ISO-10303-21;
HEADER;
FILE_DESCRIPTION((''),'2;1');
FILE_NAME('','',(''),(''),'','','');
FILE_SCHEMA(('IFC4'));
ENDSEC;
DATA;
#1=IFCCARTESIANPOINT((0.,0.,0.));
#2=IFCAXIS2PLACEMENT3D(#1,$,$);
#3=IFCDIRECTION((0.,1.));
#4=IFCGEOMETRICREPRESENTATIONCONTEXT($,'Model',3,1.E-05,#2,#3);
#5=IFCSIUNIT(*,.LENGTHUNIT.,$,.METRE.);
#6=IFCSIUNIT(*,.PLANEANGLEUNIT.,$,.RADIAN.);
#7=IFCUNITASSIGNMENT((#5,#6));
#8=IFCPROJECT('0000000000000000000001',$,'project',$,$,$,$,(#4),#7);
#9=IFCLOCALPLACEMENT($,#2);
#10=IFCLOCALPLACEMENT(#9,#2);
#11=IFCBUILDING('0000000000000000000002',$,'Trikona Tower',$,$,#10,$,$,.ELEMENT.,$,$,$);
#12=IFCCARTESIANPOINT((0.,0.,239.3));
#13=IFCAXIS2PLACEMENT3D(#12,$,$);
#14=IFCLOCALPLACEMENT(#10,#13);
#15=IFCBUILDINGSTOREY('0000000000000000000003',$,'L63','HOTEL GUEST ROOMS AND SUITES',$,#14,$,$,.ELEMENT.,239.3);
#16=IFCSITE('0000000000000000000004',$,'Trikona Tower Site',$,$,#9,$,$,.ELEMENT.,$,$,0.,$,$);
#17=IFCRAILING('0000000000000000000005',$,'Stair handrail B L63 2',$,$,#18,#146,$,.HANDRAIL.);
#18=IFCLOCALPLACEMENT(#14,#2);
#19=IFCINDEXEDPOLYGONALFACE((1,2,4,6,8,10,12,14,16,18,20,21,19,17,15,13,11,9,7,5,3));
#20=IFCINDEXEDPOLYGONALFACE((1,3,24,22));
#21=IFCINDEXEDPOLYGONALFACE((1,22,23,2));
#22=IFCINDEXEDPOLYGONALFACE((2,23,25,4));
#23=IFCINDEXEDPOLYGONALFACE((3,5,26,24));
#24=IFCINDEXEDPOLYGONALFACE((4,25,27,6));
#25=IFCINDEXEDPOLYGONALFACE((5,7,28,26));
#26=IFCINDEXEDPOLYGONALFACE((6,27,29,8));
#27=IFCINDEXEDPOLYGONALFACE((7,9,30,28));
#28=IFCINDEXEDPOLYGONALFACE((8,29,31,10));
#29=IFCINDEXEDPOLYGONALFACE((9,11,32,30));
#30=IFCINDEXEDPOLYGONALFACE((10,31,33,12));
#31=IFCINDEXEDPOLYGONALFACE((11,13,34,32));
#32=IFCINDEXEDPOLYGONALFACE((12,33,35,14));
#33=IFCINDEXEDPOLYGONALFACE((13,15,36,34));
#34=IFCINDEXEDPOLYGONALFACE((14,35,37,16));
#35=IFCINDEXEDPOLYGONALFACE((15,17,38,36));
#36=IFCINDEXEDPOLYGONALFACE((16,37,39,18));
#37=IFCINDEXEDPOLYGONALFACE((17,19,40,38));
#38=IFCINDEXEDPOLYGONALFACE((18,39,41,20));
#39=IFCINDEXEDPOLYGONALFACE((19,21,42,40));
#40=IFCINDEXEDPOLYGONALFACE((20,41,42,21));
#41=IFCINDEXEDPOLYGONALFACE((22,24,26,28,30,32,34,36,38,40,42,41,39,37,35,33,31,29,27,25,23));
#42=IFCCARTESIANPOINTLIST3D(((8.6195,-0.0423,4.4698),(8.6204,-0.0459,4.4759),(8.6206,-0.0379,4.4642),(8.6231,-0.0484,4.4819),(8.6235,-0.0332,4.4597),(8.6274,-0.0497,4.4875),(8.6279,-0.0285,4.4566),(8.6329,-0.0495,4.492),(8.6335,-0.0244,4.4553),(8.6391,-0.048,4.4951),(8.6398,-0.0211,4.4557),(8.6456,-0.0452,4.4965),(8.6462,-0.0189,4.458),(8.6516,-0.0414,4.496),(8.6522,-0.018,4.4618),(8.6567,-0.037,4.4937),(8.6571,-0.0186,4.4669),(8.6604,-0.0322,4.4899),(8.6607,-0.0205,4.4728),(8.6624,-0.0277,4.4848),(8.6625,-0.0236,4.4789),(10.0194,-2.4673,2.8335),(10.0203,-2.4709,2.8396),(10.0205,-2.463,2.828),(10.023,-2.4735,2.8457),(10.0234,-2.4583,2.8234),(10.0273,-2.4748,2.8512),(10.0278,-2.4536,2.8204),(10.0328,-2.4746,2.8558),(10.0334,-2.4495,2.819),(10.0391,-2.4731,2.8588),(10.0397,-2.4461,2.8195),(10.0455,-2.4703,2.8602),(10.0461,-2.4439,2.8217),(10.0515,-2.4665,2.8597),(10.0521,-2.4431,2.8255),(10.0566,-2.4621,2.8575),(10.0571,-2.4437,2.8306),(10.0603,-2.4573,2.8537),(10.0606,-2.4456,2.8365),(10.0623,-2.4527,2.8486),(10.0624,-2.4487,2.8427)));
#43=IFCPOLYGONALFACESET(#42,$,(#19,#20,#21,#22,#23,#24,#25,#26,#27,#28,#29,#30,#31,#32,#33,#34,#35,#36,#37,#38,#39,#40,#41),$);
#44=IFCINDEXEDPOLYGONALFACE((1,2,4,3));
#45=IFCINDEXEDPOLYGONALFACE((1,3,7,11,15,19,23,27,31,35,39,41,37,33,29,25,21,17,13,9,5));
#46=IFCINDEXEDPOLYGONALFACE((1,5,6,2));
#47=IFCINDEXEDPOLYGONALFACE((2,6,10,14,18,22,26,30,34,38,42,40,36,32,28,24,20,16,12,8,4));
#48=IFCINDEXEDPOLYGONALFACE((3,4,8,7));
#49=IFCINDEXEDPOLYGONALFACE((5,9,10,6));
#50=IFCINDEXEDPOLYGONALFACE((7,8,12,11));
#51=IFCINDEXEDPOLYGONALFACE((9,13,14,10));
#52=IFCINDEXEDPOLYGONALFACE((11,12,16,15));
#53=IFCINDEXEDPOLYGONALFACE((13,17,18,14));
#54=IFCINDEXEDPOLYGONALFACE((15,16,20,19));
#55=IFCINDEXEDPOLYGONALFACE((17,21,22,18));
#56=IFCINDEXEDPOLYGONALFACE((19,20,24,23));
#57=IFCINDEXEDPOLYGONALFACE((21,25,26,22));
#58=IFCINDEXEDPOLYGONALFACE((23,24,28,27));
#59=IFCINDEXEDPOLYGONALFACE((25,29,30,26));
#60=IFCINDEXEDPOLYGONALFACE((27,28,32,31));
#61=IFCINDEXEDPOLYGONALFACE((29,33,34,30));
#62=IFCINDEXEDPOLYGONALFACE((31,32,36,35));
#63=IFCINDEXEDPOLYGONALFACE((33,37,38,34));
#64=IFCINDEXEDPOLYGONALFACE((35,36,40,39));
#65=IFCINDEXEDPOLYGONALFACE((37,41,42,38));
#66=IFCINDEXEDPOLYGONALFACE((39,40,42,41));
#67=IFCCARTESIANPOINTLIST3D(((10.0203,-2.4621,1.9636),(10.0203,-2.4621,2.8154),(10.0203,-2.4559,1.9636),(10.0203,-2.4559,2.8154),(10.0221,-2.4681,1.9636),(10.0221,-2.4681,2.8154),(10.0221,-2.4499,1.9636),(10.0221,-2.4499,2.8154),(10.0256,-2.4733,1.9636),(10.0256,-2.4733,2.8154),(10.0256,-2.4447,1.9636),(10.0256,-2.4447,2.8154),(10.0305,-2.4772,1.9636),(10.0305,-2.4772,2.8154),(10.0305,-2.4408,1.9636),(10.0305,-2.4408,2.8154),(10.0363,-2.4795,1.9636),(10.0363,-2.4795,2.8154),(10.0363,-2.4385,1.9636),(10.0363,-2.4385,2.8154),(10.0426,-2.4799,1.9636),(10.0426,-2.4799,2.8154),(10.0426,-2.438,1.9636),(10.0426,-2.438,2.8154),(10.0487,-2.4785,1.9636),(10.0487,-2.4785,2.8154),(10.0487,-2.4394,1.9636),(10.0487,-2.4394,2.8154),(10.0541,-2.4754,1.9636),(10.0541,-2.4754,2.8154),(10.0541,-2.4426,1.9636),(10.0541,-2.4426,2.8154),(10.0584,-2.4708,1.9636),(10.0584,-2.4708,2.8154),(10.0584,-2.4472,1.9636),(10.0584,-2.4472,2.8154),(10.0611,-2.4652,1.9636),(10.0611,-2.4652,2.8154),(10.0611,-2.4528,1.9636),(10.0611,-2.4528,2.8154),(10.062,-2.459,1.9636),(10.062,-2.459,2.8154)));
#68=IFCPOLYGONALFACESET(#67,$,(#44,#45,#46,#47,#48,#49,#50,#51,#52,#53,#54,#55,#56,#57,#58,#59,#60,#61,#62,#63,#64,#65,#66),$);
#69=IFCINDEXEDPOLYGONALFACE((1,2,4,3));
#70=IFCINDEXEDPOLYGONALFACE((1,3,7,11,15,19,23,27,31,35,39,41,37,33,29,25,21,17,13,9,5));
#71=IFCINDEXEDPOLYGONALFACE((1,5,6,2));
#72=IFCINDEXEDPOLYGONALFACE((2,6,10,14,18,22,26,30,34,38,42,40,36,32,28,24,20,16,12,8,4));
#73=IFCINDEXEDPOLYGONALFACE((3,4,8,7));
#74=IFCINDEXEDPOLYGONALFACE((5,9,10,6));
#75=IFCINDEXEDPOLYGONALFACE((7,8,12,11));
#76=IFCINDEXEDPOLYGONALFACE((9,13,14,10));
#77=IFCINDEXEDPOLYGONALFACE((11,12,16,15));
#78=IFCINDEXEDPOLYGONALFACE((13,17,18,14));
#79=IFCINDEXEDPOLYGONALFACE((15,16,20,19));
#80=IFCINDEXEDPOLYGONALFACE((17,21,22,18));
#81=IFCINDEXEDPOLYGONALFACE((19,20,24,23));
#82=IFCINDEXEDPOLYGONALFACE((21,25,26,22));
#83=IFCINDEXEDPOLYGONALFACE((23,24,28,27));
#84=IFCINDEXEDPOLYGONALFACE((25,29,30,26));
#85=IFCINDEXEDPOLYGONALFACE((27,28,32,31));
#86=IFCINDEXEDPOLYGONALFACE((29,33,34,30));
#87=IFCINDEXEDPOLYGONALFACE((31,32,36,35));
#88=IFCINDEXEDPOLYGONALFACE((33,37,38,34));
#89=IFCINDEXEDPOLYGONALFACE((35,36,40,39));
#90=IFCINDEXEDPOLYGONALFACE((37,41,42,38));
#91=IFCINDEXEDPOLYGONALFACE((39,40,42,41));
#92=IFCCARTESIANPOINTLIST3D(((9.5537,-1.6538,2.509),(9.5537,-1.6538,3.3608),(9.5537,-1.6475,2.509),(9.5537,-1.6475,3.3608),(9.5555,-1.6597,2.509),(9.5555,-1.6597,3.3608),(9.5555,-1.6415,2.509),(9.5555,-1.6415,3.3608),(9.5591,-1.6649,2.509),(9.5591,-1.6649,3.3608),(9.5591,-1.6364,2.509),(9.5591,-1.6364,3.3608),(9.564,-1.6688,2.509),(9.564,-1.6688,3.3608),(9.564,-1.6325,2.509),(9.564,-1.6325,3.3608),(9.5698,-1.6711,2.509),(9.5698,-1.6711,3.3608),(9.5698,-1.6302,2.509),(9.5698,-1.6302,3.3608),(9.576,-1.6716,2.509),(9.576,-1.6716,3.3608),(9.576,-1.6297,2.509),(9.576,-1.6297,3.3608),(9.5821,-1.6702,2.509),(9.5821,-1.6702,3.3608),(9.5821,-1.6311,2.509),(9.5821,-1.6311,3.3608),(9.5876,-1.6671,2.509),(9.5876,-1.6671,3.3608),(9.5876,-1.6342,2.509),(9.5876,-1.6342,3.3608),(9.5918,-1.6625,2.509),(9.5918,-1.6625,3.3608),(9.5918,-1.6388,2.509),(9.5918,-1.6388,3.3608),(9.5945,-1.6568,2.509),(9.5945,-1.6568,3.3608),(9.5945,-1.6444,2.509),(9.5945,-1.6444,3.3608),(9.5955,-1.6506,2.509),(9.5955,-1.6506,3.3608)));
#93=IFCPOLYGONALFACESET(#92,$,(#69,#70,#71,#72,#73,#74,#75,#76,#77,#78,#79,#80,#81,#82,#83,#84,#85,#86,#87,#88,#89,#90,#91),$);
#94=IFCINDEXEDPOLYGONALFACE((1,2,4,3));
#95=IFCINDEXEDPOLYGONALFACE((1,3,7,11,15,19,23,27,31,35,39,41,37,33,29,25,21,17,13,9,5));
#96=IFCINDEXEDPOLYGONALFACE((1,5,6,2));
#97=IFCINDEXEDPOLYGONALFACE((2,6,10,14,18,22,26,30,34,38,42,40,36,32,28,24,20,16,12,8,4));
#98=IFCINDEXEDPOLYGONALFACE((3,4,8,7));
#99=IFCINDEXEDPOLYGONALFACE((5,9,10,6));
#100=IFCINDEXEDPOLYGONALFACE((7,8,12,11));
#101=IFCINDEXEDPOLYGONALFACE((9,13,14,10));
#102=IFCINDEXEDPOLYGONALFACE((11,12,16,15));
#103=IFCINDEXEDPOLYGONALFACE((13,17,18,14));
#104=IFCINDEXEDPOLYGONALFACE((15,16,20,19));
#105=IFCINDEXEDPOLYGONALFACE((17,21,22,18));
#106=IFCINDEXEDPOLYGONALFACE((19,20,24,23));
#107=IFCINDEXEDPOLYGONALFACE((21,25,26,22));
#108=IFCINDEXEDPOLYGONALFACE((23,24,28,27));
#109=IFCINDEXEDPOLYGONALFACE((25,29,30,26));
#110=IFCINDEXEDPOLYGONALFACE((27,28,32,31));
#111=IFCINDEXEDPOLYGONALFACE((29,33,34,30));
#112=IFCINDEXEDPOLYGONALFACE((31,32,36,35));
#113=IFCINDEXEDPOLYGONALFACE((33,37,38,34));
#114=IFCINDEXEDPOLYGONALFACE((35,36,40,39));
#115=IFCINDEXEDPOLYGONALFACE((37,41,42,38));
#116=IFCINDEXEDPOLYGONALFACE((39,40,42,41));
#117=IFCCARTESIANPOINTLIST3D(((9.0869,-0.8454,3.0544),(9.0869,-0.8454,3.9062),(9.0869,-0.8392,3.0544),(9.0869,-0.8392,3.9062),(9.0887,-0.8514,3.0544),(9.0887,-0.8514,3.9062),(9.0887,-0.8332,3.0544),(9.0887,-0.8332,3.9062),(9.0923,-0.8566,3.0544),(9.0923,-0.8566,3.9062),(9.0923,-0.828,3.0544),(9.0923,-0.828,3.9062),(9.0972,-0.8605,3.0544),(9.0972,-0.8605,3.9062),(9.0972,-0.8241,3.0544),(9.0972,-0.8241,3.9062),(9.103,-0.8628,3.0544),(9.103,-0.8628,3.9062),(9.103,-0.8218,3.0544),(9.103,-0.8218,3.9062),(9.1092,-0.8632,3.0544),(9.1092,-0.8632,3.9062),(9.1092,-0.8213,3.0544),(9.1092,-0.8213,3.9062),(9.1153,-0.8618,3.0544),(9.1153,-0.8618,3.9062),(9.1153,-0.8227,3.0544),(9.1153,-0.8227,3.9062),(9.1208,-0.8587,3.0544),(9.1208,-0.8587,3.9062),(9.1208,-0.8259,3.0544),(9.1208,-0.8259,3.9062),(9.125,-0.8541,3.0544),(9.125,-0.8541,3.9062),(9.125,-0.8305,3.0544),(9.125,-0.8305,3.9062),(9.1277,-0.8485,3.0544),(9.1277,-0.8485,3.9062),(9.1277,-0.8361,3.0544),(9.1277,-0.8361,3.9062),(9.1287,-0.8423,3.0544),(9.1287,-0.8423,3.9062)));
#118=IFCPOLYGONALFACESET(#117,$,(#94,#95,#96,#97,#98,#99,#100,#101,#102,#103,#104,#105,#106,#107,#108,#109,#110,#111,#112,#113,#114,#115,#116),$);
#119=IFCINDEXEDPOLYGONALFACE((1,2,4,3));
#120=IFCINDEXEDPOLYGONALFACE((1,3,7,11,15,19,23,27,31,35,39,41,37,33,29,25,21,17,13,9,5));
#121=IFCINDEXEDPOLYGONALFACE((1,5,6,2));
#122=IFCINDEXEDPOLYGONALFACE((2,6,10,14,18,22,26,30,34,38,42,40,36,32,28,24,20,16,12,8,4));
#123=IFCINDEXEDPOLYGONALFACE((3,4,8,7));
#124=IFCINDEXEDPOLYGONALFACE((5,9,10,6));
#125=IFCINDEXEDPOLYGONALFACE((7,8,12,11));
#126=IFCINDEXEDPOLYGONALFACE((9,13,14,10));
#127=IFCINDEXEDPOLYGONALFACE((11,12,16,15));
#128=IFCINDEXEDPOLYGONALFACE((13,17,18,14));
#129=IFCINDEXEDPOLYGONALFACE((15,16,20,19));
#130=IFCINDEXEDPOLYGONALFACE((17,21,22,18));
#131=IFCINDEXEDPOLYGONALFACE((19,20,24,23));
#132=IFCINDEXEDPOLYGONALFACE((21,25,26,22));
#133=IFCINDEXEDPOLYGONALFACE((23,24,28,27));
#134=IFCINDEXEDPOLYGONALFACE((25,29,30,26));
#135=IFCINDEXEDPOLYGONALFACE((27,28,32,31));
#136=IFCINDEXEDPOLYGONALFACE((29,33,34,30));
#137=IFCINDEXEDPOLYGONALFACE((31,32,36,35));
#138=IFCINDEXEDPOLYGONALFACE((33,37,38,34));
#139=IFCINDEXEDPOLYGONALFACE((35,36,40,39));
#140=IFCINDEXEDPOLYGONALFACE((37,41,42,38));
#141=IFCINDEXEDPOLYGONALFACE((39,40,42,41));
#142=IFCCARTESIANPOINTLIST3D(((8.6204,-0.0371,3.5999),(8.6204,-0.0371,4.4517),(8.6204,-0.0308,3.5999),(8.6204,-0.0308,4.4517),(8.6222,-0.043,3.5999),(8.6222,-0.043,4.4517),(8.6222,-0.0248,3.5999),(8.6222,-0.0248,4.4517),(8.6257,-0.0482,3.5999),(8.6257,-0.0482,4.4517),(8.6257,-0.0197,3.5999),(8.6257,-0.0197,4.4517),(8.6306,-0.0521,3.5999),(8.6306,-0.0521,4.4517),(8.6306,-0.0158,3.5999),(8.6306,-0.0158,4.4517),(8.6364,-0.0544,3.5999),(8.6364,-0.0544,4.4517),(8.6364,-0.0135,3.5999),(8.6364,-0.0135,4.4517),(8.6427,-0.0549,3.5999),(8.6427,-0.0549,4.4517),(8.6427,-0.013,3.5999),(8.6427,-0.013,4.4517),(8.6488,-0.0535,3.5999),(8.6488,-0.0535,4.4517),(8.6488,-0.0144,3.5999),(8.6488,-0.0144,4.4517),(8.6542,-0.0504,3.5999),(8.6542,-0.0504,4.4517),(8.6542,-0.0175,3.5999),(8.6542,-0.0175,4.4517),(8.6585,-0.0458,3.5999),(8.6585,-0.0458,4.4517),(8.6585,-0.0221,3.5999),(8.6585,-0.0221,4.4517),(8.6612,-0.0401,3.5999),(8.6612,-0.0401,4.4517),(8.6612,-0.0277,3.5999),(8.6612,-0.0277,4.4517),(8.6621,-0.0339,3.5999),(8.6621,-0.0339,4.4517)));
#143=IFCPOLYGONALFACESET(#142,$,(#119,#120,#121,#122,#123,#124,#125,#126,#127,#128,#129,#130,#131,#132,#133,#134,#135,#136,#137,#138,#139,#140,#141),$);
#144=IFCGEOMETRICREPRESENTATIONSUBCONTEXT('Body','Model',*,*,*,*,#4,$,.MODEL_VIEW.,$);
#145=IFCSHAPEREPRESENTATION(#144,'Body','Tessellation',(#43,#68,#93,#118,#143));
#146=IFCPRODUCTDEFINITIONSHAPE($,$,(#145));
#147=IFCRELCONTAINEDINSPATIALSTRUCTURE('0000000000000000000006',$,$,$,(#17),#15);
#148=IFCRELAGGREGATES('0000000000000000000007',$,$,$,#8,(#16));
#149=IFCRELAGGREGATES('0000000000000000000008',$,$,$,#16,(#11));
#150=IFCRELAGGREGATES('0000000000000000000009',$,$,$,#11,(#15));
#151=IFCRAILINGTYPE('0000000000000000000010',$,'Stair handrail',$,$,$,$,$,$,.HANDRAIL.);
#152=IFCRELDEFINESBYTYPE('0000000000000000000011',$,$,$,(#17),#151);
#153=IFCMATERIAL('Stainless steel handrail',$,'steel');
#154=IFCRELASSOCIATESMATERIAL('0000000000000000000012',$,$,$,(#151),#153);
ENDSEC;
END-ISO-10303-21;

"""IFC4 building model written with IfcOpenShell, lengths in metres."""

from ifc_helpers import new_model, si_unit, direction, frame, origin, origin_2d, place, context, subcontext, project, spatial, circle, extrude, material, type_object, element, save


model = new_model("IFC4")

# Units and contexts
model_context = context("Model", 3, precision=1e-05, world=origin(), true_north=direction((0.0, 1.0)))
body_context = subcontext(model_context, "Body", "Model", "MODEL_VIEW")
ifc_project = project(units=[si_unit("LENGTHUNIT", "METRE"), si_unit("PLANEANGLEUNIT", "RADIAN")], contexts=[model_context])

# Site, building, storey
site_placement = place(None, origin())
site = spatial("IfcSite", under=ifc_project, at=site_placement, Name="Trikona Tower Site", CompositionType="ELEMENT", RefElevation=0.0)
building_placement = place(site_placement, origin())
building = spatial("IfcBuilding", under=site, at=building_placement, Name="Trikona Tower", CompositionType="ELEMENT")
storey_placement = place(building_placement, frame((0.0, 0.0, 239.3)))
storey = spatial("IfcBuildingStorey", under=building, at=storey_placement, Name="L63", Description="HOTEL GUEST ROOMS AND SUITES", CompositionType="ELEMENT", Elevation=239.3)

# Railing
ifc_material_1 = material(Name="Stainless steel handrail", Category="steel")
railing_type = type_object("IfcRailingType", Name="Stair handrail", PredefinedType="HANDRAIL", material=ifc_material_1)
railing_placement = place(storey_placement, frame((10.041, -2.459, 1.9636)))
element("IfcRailing", 1, at=railing_placement, inside=storey, type_object=railing_type, Name="Stair handrail B L63 2", PredefinedType="HANDRAIL", context=body_context, shape_type="SweptSolid", body=[
    extrude(circle(Radius=0.0239, at=origin_2d()), frame((0.0, 0.0, 0.876), z_axis=(-0.431653, 0.747751, 0.504523), x_axis=(-0.866056, -0.499946, 0.0)), (0.0, 0.0, 1.0), 3.2432),
    extrude(circle(Radius=0.021, at=origin_2d()), origin(), (0.0, 0.0, 1.0), 0.8518),
    extrude(circle(Radius=0.021, at=origin_2d()), frame((-0.4666, 0.8083, 0.5454)), (0.0, 0.0, 1.0), 0.8518),
    extrude(circle(Radius=0.021, at=origin_2d()), frame((-0.9333, 1.6167, 1.0908)), (0.0, 0.0, 1.0), 0.8518),
    extrude(circle(Radius=0.021, at=origin_2d()), frame((-1.3999, 2.425, 1.6362)), (0.0, 0.0, 1.0), 0.8518),
])

save(model, "model.ifc")
